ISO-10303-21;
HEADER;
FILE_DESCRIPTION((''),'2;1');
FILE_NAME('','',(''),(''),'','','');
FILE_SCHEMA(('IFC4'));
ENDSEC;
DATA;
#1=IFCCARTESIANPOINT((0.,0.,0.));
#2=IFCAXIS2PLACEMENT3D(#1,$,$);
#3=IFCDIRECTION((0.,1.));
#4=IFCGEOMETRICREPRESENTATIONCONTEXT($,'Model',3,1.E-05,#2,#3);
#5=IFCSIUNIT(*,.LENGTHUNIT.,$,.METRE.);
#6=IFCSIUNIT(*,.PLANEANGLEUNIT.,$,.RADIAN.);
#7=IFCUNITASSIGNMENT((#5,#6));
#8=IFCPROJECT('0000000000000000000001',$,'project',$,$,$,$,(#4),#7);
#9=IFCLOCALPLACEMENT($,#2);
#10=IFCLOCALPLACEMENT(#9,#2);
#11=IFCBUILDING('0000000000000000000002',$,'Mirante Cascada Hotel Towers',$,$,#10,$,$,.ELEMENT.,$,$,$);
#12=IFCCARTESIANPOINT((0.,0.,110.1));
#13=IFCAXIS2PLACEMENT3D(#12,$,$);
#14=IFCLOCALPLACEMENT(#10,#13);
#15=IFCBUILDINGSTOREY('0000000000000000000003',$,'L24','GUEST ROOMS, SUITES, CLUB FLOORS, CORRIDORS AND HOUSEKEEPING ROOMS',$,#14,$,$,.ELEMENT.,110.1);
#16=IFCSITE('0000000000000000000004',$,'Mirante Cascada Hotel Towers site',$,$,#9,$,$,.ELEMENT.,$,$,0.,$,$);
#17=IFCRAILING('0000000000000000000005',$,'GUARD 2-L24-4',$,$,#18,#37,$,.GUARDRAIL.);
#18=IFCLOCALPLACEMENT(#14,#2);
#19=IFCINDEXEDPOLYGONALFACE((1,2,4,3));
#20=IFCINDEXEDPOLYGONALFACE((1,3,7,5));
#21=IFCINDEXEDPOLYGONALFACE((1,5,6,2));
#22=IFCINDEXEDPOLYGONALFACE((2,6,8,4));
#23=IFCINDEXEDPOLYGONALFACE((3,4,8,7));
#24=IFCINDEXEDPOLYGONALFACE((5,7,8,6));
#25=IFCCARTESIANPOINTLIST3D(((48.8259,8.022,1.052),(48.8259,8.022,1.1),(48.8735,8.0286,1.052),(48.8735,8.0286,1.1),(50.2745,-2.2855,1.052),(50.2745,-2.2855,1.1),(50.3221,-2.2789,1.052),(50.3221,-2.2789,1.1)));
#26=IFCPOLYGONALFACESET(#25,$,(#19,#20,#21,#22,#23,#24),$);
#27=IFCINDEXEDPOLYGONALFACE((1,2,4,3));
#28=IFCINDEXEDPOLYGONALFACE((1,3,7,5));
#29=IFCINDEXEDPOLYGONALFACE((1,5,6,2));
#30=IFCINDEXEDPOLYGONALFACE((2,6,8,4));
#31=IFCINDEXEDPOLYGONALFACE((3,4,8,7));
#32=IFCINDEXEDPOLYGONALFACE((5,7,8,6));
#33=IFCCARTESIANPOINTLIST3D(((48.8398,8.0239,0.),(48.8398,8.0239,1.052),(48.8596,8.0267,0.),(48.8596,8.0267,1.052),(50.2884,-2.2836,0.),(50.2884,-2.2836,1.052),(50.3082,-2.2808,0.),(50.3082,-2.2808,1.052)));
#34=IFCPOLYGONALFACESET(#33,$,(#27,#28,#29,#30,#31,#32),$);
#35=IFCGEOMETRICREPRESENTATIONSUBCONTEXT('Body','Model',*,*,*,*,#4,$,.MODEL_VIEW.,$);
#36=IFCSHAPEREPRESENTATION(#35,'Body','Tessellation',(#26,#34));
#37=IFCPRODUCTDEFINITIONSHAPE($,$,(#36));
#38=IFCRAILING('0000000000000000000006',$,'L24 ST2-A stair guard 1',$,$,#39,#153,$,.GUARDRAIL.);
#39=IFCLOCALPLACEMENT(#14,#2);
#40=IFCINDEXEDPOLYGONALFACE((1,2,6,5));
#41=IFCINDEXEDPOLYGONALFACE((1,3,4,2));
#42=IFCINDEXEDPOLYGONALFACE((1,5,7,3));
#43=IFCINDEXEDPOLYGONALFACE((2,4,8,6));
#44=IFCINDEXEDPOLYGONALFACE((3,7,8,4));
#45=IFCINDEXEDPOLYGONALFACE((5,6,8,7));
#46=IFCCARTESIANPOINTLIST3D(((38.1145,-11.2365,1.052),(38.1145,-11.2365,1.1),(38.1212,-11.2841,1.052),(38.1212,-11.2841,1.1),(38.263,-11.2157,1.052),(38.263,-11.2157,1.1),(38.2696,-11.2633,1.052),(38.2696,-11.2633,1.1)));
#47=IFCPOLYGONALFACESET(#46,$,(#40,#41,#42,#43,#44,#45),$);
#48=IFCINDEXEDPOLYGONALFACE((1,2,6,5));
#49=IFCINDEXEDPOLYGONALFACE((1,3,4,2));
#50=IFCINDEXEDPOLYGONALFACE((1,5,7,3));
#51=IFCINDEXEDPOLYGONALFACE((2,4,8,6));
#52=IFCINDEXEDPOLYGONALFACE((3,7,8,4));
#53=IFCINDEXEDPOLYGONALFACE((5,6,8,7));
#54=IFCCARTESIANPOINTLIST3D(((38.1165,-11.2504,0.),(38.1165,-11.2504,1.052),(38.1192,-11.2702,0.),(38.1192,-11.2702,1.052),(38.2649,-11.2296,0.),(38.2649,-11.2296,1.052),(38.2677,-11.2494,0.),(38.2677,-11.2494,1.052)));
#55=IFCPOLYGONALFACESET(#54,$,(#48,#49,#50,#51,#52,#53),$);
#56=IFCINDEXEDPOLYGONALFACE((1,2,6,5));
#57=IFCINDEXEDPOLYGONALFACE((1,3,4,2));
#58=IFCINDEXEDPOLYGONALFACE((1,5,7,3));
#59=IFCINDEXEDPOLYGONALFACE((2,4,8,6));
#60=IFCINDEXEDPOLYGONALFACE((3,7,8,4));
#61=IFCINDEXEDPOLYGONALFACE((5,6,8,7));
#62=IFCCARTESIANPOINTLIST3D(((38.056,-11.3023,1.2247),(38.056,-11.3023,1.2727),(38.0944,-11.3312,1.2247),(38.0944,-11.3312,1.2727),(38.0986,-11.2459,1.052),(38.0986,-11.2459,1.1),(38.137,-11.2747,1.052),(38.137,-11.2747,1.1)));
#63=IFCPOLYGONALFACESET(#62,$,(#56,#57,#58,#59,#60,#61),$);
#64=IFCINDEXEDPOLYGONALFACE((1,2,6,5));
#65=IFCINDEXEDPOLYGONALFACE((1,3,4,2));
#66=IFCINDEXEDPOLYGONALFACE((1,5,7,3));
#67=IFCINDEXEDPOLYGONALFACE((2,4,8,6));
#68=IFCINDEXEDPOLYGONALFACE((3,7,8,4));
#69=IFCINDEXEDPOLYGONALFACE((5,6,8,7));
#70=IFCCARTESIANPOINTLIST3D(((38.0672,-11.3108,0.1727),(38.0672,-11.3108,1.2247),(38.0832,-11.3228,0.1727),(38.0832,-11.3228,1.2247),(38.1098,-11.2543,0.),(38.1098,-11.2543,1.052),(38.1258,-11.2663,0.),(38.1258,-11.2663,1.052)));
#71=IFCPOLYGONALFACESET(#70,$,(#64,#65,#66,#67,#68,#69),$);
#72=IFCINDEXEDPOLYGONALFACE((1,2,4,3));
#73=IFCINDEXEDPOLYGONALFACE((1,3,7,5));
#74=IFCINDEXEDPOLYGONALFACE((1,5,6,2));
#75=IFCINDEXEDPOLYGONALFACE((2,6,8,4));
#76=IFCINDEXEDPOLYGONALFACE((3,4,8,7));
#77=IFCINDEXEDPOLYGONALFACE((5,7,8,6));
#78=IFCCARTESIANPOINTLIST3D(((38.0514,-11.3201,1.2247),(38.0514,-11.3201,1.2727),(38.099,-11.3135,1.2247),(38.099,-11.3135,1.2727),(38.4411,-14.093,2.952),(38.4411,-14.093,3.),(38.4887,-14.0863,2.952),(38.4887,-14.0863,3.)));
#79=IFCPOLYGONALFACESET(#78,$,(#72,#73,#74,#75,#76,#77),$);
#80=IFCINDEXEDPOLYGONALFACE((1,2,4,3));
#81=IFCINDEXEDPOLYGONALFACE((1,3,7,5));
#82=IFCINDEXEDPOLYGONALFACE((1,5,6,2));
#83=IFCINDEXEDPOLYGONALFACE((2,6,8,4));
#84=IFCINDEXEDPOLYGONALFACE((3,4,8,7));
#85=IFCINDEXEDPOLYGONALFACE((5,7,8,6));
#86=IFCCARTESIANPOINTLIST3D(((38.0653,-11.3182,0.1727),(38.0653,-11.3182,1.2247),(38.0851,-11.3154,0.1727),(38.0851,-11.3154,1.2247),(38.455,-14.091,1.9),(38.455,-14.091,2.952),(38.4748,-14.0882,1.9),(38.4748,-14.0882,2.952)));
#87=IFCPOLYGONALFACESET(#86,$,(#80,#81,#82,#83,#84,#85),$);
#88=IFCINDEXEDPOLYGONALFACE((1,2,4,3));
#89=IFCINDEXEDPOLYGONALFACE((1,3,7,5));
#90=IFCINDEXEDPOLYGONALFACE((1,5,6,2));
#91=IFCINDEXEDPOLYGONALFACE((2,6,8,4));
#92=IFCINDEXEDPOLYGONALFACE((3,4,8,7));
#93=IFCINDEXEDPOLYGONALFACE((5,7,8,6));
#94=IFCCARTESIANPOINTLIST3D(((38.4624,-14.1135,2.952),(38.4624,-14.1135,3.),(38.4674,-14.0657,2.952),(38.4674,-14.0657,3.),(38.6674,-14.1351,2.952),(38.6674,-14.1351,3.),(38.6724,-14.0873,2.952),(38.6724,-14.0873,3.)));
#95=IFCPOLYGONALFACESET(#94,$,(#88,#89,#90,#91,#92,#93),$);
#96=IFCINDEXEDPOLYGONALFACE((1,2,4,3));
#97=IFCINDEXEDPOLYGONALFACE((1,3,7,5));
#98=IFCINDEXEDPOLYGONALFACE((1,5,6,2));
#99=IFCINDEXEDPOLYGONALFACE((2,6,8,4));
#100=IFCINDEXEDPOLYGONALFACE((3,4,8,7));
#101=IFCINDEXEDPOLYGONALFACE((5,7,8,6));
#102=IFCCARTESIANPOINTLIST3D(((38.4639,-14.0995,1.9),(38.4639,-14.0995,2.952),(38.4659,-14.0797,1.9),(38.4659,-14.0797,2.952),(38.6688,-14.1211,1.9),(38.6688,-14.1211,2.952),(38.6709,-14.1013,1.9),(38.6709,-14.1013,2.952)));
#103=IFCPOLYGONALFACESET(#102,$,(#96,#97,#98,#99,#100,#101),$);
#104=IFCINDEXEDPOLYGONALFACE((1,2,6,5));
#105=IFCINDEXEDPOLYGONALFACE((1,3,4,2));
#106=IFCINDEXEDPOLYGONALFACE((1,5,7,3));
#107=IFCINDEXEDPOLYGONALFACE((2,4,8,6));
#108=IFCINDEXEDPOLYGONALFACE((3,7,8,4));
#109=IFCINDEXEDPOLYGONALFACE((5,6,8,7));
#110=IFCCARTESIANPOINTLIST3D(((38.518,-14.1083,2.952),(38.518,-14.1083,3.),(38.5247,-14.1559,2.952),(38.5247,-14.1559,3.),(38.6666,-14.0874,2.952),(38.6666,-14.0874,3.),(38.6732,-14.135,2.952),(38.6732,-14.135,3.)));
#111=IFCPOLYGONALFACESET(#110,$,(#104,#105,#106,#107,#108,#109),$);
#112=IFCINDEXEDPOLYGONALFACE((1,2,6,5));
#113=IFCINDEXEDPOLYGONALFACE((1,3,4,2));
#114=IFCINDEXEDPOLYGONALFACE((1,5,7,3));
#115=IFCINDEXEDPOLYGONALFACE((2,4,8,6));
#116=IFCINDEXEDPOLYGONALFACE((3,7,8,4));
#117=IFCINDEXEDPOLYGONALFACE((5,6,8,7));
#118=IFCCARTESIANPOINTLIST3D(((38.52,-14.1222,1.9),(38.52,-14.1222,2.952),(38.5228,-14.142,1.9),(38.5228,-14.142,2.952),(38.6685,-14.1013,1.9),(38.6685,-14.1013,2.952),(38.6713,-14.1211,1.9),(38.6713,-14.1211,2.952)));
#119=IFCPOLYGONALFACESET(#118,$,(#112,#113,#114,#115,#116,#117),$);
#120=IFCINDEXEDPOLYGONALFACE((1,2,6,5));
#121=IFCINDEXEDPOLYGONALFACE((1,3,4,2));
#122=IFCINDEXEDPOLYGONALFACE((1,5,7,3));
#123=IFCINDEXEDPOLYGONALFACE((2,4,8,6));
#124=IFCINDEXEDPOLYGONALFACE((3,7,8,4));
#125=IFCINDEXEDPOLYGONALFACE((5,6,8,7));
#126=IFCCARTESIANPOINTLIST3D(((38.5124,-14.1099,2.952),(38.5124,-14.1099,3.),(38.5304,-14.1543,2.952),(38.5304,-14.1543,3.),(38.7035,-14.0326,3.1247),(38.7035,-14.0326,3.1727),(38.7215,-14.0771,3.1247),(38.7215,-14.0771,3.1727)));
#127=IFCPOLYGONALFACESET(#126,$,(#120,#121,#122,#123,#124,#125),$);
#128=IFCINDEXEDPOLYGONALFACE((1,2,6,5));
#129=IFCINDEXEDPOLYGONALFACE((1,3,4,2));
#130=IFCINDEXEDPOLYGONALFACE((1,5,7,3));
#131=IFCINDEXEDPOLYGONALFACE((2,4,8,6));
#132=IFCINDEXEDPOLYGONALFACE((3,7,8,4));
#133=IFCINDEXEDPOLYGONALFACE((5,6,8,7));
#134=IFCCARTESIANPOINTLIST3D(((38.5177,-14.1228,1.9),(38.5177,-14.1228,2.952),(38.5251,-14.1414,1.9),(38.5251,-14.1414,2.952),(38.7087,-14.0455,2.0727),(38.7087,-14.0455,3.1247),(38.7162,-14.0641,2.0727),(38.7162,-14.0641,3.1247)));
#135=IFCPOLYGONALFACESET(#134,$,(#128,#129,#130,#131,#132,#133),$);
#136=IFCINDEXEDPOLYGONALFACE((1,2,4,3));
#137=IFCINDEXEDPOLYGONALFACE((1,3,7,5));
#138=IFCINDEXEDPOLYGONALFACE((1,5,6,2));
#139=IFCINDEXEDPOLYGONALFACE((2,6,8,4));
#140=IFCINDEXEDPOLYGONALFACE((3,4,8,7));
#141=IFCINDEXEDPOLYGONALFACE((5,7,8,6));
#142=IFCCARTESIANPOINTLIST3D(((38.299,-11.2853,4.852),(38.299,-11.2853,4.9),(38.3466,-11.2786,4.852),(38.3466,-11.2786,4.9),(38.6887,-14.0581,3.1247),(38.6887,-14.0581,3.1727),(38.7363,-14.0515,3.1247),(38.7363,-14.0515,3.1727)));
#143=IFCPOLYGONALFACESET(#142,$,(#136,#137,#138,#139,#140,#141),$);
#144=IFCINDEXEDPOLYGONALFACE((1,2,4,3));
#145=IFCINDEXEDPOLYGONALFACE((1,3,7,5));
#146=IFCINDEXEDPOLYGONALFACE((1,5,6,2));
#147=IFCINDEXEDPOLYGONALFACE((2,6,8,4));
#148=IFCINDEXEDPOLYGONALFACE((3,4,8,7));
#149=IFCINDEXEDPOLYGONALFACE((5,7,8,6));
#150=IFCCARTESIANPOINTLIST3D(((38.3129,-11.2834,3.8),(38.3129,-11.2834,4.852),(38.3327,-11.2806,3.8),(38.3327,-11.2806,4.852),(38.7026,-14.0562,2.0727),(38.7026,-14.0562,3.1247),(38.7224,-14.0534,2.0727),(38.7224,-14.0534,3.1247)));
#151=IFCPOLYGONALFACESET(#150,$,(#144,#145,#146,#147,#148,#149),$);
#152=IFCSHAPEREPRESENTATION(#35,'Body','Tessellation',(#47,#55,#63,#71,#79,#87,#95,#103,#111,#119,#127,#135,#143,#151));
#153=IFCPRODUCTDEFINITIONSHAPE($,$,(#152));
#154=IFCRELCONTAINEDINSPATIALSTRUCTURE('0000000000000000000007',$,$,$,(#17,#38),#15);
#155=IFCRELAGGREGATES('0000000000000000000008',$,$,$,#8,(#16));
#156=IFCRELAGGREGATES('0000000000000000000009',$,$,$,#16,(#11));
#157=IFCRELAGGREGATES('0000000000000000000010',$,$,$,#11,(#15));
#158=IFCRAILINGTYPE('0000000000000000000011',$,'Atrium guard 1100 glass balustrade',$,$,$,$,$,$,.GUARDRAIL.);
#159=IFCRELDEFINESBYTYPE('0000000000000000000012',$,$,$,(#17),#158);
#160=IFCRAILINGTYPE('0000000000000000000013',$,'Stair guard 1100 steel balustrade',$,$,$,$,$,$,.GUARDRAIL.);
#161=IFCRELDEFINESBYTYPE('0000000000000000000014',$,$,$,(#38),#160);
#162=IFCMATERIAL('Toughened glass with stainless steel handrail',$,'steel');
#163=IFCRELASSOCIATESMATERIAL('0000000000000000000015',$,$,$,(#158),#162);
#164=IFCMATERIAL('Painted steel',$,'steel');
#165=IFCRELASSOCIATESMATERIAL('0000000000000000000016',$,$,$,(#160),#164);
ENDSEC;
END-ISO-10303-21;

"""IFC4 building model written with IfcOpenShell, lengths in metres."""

from ifc_helpers import new_model, si_unit, direction, frame, origin, origin_2d, place, context, subcontext, project, spatial, rectangle, extrude, material, type_object, element, save


model = new_model("IFC4")

# Units and contexts
model_context = context("Model", 3, precision=1e-05, world=origin(), true_north=direction((0.0, 1.0)))
body_context = subcontext(model_context, "Body", "Model", "MODEL_VIEW")
ifc_project = project(units=[si_unit("LENGTHUNIT", "METRE"), si_unit("PLANEANGLEUNIT", "RADIAN")], contexts=[model_context])

# Site, building, storey
site_placement = place(None, origin())
site = spatial("IfcSite", under=ifc_project, at=site_placement, Name="Mirante Cascada Hotel Towers site", CompositionType="ELEMENT", RefElevation=0.0)
building_placement = place(site_placement, origin())
building = spatial("IfcBuilding", under=site, at=building_placement, Name="Mirante Cascada Hotel Towers", CompositionType="ELEMENT")
storey_placement = place(building_placement, frame((0.0, 0.0, 110.1)))
storey = spatial("IfcBuildingStorey", under=building, at=storey_placement, Name="L24", Description="GUEST ROOMS, SUITES, CLUB FLOORS, CORRIDORS AND HOUSEKEEPING ROOMS", CompositionType="ELEMENT", Elevation=110.1)

# Railings
ifc_material_1 = material(Name="Toughened glass with stainless steel handrail", Category="steel")
railing_type_1 = type_object("IfcRailingType", Name="Atrium guard 1100 glass balustrade", PredefinedType="GUARDRAIL", material=ifc_material_1)
railing_1_placement = place(storey_placement, frame((50.2983, -2.2822, 0.0)))
element("IfcRailing", 1, at=railing_1_placement, inside=storey, type_object=railing_type_1, Name="GUARD 2-L24-4", PredefinedType="GUARDRAIL", context=body_context, shape_type="SweptSolid", body=[
    extrude(rectangle(XDim=0.048, YDim=0.048, at=origin_2d()), frame((0.0, 0.0, 1.076), z_axis=(-0.139171, 0.990268, 0.0), x_axis=(-0.990268, -0.139171, 0.0)), (0.0, 0.0, 1.0), 10.4088),
    extrude(rectangle(XDim=0.02, YDim=1.052, at=origin_2d()), frame((0.0, 0.0, 0.526), z_axis=(-0.139171, 0.990268, 0.0), x_axis=(-0.990268, -0.139171, 0.0)), (0.0, 0.0, 1.0), 10.4088),
])
ifc_material_2 = material(Name="Painted steel", Category="steel")
railing_type_2 = type_object("IfcRailingType", Name="Stair guard 1100 steel balustrade", PredefinedType="GUARDRAIL", material=ifc_material_2)
railing_2_placement = place(storey_placement, frame((38.2663, -11.2395, 0.0)))
element("IfcRailing", 2, at=railing_2_placement, inside=storey, type_object=railing_type_2, Name="L24 ST2-A stair guard 1", PredefinedType="GUARDRAIL", context=body_context, shape_type="SweptSolid", body=[
    extrude(rectangle(XDim=0.048, YDim=0.048, at=origin_2d()), frame((0.0, 0.0, 1.076), z_axis=(-0.990333, -0.138713, 0.0), x_axis=(0.138713, -0.990333, 0.0)), (0.0, 0.0, 1.0), 0.1499),
    extrude(rectangle(XDim=0.02, YDim=1.052, at=origin_2d()), frame((0.0, 0.0, 0.526), z_axis=(-0.990333, -0.138713, 0.0), x_axis=(0.138713, -0.990333, 0.0)), (0.0, 0.0, 1.0), 0.1499),
    extrude(rectangle(XDim=0.048, YDim=0.048, at=origin_2d()), frame((-0.1485, -0.0208, 1.076), z_axis=(-0.602033, -0.798471, 0.0), x_axis=(0.798471, -0.602033, 0.0)), (0.0, 0.92534, 0.379139), 0.1866),
    extrude(rectangle(XDim=0.02, YDim=1.052, at=origin_2d()), frame((-0.1485, -0.0208, 0.526), z_axis=(-0.602033, -0.798471, 0.0), x_axis=(0.798471, -0.602033, 0.0)), (0.0, 0.92534, 0.379139), 0.1866),
    extrude(rectangle(XDim=0.048, YDim=0.048, at=origin_2d()), frame((-0.1911, -0.0773, 1.2487), z_axis=(0.139176, -0.990268, 0.0), x_axis=(0.990268, 0.139176, 0.0)), (0.0, 0.525021, 0.851089), 3.29),
    extrude(rectangle(XDim=0.02, YDim=1.052, at=origin_2d()), frame((-0.1911, -0.0773, 0.6987), z_axis=(0.139176, -0.990268, 0.0), x_axis=(0.990268, 0.139176, 0.0)), (0.0, 0.525021, 0.851089), 3.29),
    extrude(rectangle(XDim=0.048, YDim=0.048, at=origin_2d()), frame((0.1986, -2.8501, 2.976), z_axis=(0.994495, -0.104786, 0.0), x_axis=(0.104786, 0.994495, 0.0)), (0.0, 0.0, 1.0), 0.2061),
    extrude(rectangle(XDim=0.02, YDim=1.052, at=origin_2d()), frame((0.1986, -2.8501, 2.426), z_axis=(0.994495, -0.104786, 0.0), x_axis=(0.104786, 0.994495, 0.0)), (0.0, 0.0, 1.0), 0.2061),
    extrude(rectangle(XDim=0.048, YDim=0.048, at=origin_2d()), frame((0.4036, -2.8717, 2.976), z_axis=(-0.990241, -0.139367, 0.0), x_axis=(0.139367, -0.990241, 0.0)), (0.0, 0.0, 1.0), 0.15),
    extrude(rectangle(XDim=0.02, YDim=1.052, at=origin_2d()), frame((0.4036, -2.8717, 2.426), z_axis=(-0.990241, -0.139367, 0.0), x_axis=(0.139367, -0.990241, 0.0)), (0.0, 0.0, 1.0), 0.15),
    extrude(rectangle(XDim=0.048, YDim=0.048, at=origin_2d()), frame((0.2551, -2.8926, 2.976), z_axis=(0.927031, 0.374984, 0.0), x_axis=(-0.374984, 0.927031, 0.0)), (0.0, 0.64219, 0.766545), 0.2689),
    extrude(rectangle(XDim=0.02, YDim=1.052, at=origin_2d()), frame((0.2551, -2.8926, 2.426), z_axis=(0.927031, 0.374984, 0.0), x_axis=(-0.374984, 0.927031, 0.0)), (0.0, 0.64219, 0.766545), 0.2689),
    extrude(rectangle(XDim=0.048, YDim=0.048, at=origin_2d()), frame((0.4462, -2.8153, 3.1487), z_axis=(-0.139176, 0.990268, 0.0), x_axis=(-0.990268, -0.139176, 0.0)), (0.0, 0.525021, 0.851089), 3.29),
    extrude(rectangle(XDim=0.02, YDim=1.052, at=origin_2d()), frame((0.4462, -2.8153, 2.5987), z_axis=(-0.139176, 0.990268, 0.0), x_axis=(-0.990268, -0.139176, 0.0)), (0.0, 0.525021, 0.851089), 3.29),
])

save(model, "model.ifc")
